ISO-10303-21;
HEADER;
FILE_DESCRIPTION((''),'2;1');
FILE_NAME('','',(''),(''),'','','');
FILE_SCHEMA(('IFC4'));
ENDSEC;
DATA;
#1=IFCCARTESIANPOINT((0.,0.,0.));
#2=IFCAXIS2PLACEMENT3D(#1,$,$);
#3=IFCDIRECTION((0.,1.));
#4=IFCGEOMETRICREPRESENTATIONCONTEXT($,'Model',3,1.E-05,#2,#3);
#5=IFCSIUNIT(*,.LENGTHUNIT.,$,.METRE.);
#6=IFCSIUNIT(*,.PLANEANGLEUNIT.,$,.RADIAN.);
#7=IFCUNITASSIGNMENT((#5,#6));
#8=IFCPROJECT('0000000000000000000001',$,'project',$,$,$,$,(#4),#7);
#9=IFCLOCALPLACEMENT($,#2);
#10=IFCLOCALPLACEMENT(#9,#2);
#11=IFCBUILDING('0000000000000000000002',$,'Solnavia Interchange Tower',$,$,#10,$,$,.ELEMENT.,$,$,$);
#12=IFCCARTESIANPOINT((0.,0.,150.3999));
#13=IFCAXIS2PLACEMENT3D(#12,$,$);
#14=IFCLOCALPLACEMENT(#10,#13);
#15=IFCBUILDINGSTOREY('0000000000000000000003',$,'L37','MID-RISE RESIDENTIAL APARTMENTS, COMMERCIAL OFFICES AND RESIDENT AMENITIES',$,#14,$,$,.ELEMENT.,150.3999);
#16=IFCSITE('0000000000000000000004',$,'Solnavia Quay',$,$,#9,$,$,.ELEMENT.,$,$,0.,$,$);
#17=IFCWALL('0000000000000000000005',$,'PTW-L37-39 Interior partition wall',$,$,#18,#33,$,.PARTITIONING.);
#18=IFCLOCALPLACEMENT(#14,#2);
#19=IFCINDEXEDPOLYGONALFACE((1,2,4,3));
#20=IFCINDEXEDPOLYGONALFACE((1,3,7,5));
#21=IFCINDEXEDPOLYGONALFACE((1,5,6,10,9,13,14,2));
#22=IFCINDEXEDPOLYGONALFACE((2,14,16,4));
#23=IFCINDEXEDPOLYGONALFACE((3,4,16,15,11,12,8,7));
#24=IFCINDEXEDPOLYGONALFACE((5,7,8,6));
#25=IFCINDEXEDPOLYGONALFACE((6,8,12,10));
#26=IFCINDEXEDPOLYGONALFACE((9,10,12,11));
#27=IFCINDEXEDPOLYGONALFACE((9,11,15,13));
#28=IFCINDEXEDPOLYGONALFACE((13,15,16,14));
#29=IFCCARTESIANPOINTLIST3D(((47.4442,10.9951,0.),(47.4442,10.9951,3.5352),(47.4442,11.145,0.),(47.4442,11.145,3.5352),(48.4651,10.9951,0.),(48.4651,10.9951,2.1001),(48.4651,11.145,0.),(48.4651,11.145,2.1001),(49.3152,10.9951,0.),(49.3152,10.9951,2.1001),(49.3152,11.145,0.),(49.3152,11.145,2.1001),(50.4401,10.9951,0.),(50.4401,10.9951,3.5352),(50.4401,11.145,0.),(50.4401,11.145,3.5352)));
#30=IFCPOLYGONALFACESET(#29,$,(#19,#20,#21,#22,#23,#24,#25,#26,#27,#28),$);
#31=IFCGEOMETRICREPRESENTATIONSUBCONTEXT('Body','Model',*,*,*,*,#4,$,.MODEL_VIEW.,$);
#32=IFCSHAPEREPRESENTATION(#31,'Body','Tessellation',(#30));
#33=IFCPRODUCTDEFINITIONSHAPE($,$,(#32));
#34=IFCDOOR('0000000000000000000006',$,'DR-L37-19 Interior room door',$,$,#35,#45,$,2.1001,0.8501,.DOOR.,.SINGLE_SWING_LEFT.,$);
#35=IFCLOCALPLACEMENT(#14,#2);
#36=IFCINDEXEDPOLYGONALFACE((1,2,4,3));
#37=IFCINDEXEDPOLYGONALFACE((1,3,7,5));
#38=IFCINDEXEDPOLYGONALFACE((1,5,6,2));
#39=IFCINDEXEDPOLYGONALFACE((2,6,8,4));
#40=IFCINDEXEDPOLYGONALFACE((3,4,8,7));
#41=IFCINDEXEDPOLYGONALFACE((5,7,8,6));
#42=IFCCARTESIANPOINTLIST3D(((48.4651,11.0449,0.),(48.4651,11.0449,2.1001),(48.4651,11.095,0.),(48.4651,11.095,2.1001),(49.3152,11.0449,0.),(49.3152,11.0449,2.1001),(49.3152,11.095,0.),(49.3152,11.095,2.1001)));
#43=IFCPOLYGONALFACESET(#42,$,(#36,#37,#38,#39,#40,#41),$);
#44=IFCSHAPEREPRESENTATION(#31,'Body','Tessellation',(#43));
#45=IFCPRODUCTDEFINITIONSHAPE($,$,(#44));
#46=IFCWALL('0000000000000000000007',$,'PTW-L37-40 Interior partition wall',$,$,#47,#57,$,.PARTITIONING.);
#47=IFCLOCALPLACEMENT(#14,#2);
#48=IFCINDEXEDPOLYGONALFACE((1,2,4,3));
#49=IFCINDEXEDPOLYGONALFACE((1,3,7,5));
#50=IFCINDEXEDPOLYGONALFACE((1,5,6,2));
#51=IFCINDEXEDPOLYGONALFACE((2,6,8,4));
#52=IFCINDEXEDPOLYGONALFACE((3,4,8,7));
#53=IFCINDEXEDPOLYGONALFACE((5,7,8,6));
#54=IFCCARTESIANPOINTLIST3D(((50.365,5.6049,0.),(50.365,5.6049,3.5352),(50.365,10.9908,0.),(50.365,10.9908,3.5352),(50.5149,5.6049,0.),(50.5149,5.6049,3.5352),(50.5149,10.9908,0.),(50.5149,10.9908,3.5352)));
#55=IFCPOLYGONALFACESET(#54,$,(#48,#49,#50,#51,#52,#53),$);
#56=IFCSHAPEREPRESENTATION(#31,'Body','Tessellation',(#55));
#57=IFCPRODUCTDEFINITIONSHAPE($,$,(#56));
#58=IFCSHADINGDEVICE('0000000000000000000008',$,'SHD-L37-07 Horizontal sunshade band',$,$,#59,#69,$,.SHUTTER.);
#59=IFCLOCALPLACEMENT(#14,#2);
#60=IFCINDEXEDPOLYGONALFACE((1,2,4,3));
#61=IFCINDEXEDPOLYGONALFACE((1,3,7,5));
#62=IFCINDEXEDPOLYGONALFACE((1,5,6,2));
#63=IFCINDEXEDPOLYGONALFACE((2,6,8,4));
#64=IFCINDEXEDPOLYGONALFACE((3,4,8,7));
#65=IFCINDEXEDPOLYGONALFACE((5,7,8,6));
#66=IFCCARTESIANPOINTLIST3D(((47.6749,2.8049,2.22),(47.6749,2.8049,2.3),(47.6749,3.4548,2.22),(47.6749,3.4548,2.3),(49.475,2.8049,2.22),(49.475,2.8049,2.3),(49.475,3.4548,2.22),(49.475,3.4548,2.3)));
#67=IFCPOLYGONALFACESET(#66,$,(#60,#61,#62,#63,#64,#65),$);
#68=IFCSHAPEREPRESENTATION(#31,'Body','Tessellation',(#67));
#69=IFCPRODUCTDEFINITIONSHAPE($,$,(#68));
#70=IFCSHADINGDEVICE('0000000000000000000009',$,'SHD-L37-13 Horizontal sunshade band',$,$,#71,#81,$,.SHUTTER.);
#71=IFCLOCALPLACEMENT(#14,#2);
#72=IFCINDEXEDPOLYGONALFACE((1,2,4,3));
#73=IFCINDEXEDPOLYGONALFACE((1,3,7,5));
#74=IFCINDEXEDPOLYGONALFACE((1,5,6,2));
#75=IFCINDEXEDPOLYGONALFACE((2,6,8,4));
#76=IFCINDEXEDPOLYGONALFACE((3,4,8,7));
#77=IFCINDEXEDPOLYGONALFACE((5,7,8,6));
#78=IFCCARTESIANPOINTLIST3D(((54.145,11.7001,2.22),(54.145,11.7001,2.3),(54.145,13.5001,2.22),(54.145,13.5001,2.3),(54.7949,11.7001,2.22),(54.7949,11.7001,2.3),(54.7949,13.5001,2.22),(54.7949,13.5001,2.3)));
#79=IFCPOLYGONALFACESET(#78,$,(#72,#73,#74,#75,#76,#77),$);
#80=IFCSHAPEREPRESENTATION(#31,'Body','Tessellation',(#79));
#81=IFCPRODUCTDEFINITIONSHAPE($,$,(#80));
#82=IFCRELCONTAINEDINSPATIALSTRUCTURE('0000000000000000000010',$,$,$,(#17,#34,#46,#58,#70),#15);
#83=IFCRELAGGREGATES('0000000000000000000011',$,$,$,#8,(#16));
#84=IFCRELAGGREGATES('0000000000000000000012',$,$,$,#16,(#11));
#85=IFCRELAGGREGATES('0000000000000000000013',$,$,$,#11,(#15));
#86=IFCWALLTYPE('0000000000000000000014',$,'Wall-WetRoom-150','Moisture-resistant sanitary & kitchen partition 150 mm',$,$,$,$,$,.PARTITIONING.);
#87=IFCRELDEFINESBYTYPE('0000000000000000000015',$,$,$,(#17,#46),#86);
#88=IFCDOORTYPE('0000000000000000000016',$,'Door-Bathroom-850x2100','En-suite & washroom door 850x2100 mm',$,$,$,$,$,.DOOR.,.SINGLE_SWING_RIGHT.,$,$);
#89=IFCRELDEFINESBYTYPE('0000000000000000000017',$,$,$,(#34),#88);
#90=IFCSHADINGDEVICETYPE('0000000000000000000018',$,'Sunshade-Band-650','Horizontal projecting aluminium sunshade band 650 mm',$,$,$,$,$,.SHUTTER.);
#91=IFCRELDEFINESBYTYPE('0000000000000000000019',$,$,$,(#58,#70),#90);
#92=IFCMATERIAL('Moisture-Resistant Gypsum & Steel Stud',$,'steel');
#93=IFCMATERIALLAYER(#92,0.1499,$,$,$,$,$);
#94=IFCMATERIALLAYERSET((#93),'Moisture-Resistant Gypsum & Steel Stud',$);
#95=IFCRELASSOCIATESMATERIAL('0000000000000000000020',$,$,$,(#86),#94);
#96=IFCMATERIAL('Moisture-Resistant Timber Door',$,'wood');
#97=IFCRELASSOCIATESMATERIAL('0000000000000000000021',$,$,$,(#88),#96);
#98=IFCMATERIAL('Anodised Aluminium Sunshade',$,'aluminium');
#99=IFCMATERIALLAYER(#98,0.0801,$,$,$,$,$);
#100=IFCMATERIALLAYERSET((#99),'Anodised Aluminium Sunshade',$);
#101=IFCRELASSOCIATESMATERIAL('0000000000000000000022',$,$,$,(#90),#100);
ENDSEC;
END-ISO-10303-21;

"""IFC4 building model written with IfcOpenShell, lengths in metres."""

from ifc_helpers import new_model, si_unit, direction, frame, frame_2d, origin, origin_2d, place, context, subcontext, project, spatial, rectangle, extrude, material, layer, layer_set, type_object, element, fill, save


model = new_model("IFC4")

# Units and contexts
model_context = context("Model", 3, precision=1e-05, world=origin(), true_north=direction((0.0, 1.0)))
body_context = subcontext(model_context, "Body", "Model", "MODEL_VIEW")
ifc_project = project(units=[si_unit("LENGTHUNIT", "METRE"), si_unit("PLANEANGLEUNIT", "RADIAN")], contexts=[model_context])

# Site, building, storey
site_placement = place(None, origin())
site = spatial("IfcSite", under=ifc_project, at=site_placement, Name="Solnavia Quay", CompositionType="ELEMENT", RefElevation=0.0)
building_placement = place(site_placement, origin())
building = spatial("IfcBuilding", under=site, at=building_placement, Name="Solnavia Interchange Tower", CompositionType="ELEMENT")
storey_placement = place(building_placement, frame((0.0, 0.0, 150.3999)))
storey = spatial("IfcBuildingStorey", under=building, at=storey_placement, Name="L37", Description="MID-RISE RESIDENTIAL APARTMENTS, COMMERCIAL OFFICES AND RESIDENT AMENITIES", CompositionType="ELEMENT", Elevation=150.3999)

# Wall, opening, door
ifc_material_1 = material(Name="Moisture-Resistant Gypsum & Steel Stud", Category="steel")
ifc_layer_1 = layer(ifc_material_1, 0.1499)
ifc_layer_set_1 = layer_set([ifc_layer_1], Name="Moisture-Resistant Gypsum & Steel Stud")
wall_type_1 = type_object("IfcWallType", Name="Wall-WetRoom-150", Description="Moisture-resistant sanitary & kitchen partition 150 mm", PredefinedType="PARTITIONING", material=ifc_layer_set_1)
wall_1_placement = place(storey_placement, frame((47.4441, 11.0701, 0.0), z_axis=(0.0, 0.0, 1.0), x_axis=(1.0, 0.0, 0.0)))
wall_1 = element("IfcWall", 1, at=wall_1_placement, inside=storey, type_object=wall_type_1, Name="PTW-L37-39 Interior partition wall", PredefinedType="PARTITIONING", context=body_context, shape_type="SweptSolid", body=[
    extrude(rectangle(XDim=2.9958, YDim=0.1499, at=frame_2d((1.498, 0.0))), origin(), (0.0, 0.0, 1.0), 3.5352),
])
opening_1_placement = place(wall_1_placement, frame((1.021, 0.0, 0.0)))
opening_1 = element("IfcOpeningElement", 2, at=opening_1_placement, cuts=wall_1, PredefinedType="OPENING", context=body_context, shape_type="SweptSolid", body=[
    extrude(rectangle(XDim=0.8501, YDim=2.1001, at=frame_2d((0.425, 1.05))), frame((0.0, 0.085, 0.0), z_axis=(0.0, -1.0, 0.0), x_axis=(1.0, 0.0, 0.0)), (0.0, 0.0, 1.0), 0.1699),
])
ifc_material_2 = material(Name="Moisture-Resistant Timber Door", Category="wood")
door_type_1 = type_object("IfcDoorType", Name="Door-Bathroom-850x2100", Description="En-suite & washroom door 850x2100 mm", OperationType="SINGLE_SWING_RIGHT", PredefinedType="DOOR", material=ifc_material_2)
door_1_placement = place(opening_1_placement, origin())
door_1 = element("IfcDoor", 3, at=door_1_placement, inside=storey, type_object=door_type_1, Name="DR-L37-19 Interior room door", OperationType="SINGLE_SWING_LEFT", OverallHeight=2.1001, OverallWidth=0.8501, PredefinedType="DOOR", context=body_context, shape_type="SweptSolid", body=[
    extrude(rectangle(XDim=0.8501, YDim=2.1001, at=frame_2d((0.425, 1.05))), frame((0.0, 0.0249, 0.0), z_axis=(0.0, -1.0, 0.0), x_axis=(1.0, 0.0, 0.0)), (0.0, 0.0, 1.0), 0.05),
])
fill(opening_1, door_1)

# Wall
wall_2_placement = place(storey_placement, frame((50.4399, 5.605, 0.0), z_axis=(0.0, 0.0, 1.0), x_axis=(0.0, 1.0, 0.0)))
element("IfcWall", 4, at=wall_2_placement, inside=storey, type_object=wall_type_1, Name="PTW-L37-40 Interior partition wall", PredefinedType="PARTITIONING", context=body_context, shape_type="SweptSolid", body=[
    extrude(rectangle(XDim=5.386, YDim=0.1499, at=frame_2d((2.6929, 0.0))), origin(), (0.0, 0.0, 1.0), 3.5352),
])

# Shading devices
ifc_material_3 = material(Name="Anodised Aluminium Sunshade", Category="aluminium")
ifc_layer_2 = layer(ifc_material_3, 0.0801)
ifc_layer_set_2 = layer_set([ifc_layer_2], Name="Anodised Aluminium Sunshade")
shading_device_type = type_object("IfcShadingDeviceType", Name="Sunshade-Band-650", Description="Horizontal projecting aluminium sunshade band 650 mm", PredefinedType="SHUTTER", material=ifc_layer_set_2)
for number, where, z_axis, x_axis, name in (
    (5, (48.575, 3.1299, 2.22), (0.0, 0.0, 1.0), (-1.0, 0.0, 0.0), "SHD-L37-07 Horizontal sunshade band"),
    (6, (54.47, 12.6001, 2.22), (0.0, 0.0, 1.0), (0.0, -1.0, 0.0), "SHD-L37-13 Horizontal sunshade band"),
):
    element("IfcShadingDevice", number, at=place(storey_placement, frame(where, z_axis=z_axis, x_axis=x_axis)), inside=storey, type_object=shading_device_type, Name=name, PredefinedType="SHUTTER", context=body_context, shape_type="SweptSolid", body=[
        extrude(rectangle(XDim=1.8, YDim=0.6499, at=origin_2d()), origin(), (0.0, 0.0, 1.0), 0.0801),
    ])

save(model, "model.ifc")
